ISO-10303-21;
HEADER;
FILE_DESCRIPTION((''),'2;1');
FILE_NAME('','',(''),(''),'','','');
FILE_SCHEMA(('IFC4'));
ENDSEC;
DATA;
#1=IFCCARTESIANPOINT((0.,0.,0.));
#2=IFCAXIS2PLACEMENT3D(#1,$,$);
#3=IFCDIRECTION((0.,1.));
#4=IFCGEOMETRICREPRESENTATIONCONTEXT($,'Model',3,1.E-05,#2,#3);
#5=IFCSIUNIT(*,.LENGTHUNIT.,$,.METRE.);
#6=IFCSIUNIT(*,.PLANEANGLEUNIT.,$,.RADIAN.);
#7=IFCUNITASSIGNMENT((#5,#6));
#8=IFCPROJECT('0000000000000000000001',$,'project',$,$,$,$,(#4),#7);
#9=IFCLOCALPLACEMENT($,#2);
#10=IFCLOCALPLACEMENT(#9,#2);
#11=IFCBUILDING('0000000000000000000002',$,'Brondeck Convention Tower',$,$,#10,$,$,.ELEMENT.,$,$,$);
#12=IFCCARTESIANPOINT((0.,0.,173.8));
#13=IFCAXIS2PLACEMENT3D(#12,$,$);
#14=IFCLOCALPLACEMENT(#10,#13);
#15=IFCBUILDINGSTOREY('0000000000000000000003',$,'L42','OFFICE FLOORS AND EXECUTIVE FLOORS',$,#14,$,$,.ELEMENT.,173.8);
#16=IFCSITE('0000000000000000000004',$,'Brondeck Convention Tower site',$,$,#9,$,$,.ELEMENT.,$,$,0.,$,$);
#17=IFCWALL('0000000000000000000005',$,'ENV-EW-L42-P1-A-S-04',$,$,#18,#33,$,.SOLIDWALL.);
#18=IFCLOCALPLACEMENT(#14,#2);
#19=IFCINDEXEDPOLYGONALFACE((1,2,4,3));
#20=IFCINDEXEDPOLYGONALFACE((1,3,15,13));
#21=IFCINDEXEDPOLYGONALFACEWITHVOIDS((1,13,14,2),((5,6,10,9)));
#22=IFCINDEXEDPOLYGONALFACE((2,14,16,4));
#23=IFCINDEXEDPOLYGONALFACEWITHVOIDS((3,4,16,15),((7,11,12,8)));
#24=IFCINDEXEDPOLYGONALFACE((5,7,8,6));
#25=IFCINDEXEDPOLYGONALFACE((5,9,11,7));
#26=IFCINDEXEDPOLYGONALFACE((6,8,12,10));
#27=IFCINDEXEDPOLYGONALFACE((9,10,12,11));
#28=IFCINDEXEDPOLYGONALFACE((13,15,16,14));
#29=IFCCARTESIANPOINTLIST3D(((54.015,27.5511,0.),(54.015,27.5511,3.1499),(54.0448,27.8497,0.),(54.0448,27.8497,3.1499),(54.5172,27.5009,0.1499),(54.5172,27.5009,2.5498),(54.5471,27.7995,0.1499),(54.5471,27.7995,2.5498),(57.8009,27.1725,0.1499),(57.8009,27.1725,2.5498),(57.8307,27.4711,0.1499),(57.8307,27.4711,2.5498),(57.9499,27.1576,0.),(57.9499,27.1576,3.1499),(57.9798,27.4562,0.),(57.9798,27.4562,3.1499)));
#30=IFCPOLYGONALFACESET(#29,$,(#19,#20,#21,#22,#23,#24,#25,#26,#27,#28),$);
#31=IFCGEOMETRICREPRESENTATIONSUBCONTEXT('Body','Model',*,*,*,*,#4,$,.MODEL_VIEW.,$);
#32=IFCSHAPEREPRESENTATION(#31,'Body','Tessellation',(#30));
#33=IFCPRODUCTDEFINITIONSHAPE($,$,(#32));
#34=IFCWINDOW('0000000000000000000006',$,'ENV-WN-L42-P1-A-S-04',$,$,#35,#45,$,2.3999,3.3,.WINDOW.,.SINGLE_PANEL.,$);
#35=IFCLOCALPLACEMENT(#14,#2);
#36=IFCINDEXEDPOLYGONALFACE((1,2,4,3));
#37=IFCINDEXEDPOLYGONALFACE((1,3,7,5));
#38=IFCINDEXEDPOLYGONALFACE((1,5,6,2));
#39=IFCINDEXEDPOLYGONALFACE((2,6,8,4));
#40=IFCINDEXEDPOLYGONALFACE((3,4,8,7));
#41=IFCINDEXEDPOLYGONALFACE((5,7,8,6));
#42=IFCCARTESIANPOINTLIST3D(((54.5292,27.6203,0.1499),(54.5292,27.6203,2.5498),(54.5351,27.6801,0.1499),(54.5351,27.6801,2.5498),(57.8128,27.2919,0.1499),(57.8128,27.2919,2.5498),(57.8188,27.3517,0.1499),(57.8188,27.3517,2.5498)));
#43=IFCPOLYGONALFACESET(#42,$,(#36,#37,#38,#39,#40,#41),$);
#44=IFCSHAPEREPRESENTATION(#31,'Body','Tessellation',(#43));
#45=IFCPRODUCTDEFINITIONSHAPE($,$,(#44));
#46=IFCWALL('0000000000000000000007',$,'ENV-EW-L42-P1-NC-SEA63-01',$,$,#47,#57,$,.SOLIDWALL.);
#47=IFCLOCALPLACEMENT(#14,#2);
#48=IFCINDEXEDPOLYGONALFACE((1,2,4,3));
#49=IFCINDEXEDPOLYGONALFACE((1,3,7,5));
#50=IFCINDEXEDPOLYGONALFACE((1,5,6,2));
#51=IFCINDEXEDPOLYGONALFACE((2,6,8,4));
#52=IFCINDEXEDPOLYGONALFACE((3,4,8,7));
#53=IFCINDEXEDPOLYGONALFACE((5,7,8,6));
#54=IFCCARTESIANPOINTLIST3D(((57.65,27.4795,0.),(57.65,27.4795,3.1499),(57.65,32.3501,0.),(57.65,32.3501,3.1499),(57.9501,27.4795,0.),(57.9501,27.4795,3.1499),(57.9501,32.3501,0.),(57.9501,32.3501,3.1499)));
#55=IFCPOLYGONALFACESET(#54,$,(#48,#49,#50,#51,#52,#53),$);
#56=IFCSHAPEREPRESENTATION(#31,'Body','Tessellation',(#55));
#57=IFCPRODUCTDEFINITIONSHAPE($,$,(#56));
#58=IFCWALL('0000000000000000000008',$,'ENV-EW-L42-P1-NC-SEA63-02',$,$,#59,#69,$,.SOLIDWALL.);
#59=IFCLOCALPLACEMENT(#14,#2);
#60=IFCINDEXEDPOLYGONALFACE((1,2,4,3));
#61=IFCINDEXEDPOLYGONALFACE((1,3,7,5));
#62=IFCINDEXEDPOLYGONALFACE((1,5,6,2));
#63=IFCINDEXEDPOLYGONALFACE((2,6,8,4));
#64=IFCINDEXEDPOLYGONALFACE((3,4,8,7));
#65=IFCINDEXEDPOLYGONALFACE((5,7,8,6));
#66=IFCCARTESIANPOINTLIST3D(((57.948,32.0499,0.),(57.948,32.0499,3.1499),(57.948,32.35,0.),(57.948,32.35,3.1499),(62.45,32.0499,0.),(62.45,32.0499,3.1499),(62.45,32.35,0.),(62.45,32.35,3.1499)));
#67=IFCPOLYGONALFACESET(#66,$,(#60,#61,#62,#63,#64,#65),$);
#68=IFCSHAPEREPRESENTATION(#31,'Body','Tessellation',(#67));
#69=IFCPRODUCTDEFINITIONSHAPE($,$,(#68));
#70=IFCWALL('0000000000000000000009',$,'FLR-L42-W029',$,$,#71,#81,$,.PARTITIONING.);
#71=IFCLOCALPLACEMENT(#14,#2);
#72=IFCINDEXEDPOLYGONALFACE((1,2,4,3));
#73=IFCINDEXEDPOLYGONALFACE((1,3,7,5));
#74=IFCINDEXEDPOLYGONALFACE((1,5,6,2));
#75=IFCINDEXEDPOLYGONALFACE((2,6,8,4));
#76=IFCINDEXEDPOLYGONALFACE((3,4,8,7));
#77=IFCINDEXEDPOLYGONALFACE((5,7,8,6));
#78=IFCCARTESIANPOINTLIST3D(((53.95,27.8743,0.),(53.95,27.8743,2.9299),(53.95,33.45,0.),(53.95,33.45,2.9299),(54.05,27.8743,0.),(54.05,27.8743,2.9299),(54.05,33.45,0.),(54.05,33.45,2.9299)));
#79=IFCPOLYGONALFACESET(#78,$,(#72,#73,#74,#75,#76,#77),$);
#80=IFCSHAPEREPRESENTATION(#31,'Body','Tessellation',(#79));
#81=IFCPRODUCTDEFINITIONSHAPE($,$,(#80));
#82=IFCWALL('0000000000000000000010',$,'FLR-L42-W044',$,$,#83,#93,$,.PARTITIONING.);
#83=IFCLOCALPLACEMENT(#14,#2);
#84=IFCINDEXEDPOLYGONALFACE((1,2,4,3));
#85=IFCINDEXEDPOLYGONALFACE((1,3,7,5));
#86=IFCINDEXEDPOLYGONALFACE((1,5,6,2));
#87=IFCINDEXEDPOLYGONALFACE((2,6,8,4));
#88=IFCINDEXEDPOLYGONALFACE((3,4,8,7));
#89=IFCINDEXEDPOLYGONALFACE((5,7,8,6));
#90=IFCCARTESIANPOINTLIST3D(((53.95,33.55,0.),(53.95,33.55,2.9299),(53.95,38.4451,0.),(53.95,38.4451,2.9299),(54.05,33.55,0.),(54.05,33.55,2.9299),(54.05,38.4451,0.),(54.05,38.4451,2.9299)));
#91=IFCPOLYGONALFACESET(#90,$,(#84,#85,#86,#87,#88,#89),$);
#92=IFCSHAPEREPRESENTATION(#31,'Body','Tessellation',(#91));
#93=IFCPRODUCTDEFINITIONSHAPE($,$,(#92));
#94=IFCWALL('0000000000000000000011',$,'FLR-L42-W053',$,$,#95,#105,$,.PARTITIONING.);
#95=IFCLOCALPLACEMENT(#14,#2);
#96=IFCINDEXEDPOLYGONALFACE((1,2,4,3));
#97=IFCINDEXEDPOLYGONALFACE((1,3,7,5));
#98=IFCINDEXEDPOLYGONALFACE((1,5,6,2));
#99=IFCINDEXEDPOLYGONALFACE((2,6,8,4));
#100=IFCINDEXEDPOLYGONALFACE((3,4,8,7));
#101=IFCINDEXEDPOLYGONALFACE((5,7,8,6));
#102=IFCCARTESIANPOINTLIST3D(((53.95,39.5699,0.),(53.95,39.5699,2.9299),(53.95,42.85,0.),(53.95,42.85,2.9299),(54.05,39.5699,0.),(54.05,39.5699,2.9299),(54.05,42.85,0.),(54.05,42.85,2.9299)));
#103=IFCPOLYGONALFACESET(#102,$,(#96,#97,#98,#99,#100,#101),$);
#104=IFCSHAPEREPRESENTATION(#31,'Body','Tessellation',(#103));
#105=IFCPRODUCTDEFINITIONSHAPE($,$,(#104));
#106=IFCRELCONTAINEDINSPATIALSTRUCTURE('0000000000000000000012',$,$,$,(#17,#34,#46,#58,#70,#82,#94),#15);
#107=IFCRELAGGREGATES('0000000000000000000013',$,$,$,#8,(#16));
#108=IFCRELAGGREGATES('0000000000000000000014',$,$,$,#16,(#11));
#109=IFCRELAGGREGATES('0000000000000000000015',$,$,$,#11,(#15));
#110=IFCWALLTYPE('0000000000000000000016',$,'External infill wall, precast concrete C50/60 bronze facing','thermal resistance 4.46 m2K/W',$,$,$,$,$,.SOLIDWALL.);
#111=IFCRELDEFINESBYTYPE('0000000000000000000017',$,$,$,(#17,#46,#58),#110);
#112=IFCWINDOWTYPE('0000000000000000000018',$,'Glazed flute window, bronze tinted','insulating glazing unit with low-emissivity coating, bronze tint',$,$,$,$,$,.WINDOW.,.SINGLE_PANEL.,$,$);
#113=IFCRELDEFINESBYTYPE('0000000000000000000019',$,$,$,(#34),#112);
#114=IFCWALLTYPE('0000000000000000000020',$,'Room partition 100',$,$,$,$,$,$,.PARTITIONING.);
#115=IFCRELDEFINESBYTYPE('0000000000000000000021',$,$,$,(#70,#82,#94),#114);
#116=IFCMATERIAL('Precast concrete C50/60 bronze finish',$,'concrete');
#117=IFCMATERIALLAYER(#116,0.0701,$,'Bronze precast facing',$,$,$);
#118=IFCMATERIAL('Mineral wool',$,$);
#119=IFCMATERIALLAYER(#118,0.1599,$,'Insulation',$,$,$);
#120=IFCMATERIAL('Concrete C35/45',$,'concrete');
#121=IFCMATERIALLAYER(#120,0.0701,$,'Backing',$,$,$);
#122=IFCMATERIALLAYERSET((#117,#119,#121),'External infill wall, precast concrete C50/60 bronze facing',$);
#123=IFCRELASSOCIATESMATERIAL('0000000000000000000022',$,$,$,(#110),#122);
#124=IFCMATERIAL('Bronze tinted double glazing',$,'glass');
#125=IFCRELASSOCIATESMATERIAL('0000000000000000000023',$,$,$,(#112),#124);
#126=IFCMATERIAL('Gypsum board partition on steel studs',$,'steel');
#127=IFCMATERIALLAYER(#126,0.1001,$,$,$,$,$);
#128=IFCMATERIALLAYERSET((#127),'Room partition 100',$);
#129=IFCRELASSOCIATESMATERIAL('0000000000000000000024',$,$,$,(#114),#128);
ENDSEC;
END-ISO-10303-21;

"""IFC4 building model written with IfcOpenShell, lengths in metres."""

from ifc_helpers import new_model, si_unit, direction, frame, frame_2d, origin, place, context, subcontext, project, spatial, rectangle, extrude, material, layer, layer_set, type_object, element, fill, save


model = new_model("IFC4")

# Units and contexts
model_context = context("Model", 3, precision=1e-05, world=origin(), true_north=direction((0.0, 1.0)))
body_context = subcontext(model_context, "Body", "Model", "MODEL_VIEW")
ifc_project = project(units=[si_unit("LENGTHUNIT", "METRE"), si_unit("PLANEANGLEUNIT", "RADIAN")], contexts=[model_context])

# Site, building, storey
site_placement = place(None, origin())
site = spatial("IfcSite", under=ifc_project, at=site_placement, Name="Brondeck Convention Tower site", CompositionType="ELEMENT", RefElevation=0.0)
building_placement = place(site_placement, origin())
building = spatial("IfcBuilding", under=site, at=building_placement, Name="Brondeck Convention Tower", CompositionType="ELEMENT")
storey_placement = place(building_placement, frame((0.0, 0.0, 173.8)))
storey = spatial("IfcBuildingStorey", under=building, at=storey_placement, Name="L42", Description="OFFICE FLOORS AND EXECUTIVE FLOORS", CompositionType="ELEMENT", Elevation=173.8)

# Shared definitions
ifc_material_1 = material(Name="Precast concrete C50/60 bronze finish", Category="concrete")
ifc_layer_1 = layer(ifc_material_1, 0.0701, Name="Bronze precast facing")
ifc_material_2 = material(Name="Mineral wool")
ifc_layer_2 = layer(ifc_material_2, 0.1599, Name="Insulation")
ifc_material_3 = material(Name="Concrete C35/45", Category="concrete")
ifc_layer_3 = layer(ifc_material_3, 0.0701, Name="Backing")
ifc_layer_set_1 = layer_set([ifc_layer_1, ifc_layer_2, ifc_layer_3], Name="External infill wall, precast concrete C50/60 bronze facing")
wall_type_1 = type_object("IfcWallType", Name="External infill wall, precast concrete C50/60 bronze facing", Description="thermal resistance 4.46 m2K/W", PredefinedType="SOLIDWALL", material=ifc_layer_set_1)
ifc_material_4 = material(Name="Bronze tinted double glazing", Category="glass")
window_type_1 = type_object("IfcWindowType", Name="Glazed flute window, bronze tinted", Description="insulating glazing unit with low-emissivity coating, bronze tint", PartitioningType="SINGLE_PANEL", PredefinedType="WINDOW", material=ifc_material_4)

# Wall, opening, window
wall_1_placement = place(storey_placement, frame((57.9648, 27.3069, 0.0), z_axis=(0.0, 0.0, 1.0), x_axis=(-0.995036, 0.099516, 0.0)))
wall_1 = element("IfcWall", 1, at=wall_1_placement, inside=storey, type_object=wall_type_1, Name="ENV-EW-L42-P1-A-S-04", PredefinedType="SOLIDWALL", context=body_context, shape_type="SweptSolid", body=[
    extrude(rectangle(XDim=3.9546, YDim=0.3, at=frame_2d((1.9773, 0.0))), origin(), (0.0, 0.0, 1.0), 3.1499),
])
opening_1_placement = place(wall_1_placement, frame((0.1499, 0.0, 0.1499)))
opening_1 = element("IfcOpeningElement", 2, at=opening_1_placement, cuts=wall_1, PredefinedType="OPENING", context=body_context, shape_type="SweptSolid", body=[
    extrude(rectangle(XDim=3.3, YDim=2.3999, at=frame_2d((1.6499, 1.2))), frame((0.0, 0.1599, 0.0), z_axis=(0.0, -1.0, 0.0), x_axis=(1.0, 0.0, 0.0)), (0.0, 0.0, 1.0), 0.3201),
])
window_1_placement = place(opening_1_placement, origin())
window_1 = element("IfcWindow", 3, at=window_1_placement, inside=storey, type_object=window_type_1, Name="ENV-WN-L42-P1-A-S-04", OverallHeight=2.3999, OverallWidth=3.3, PartitioningType="SINGLE_PANEL", PredefinedType="WINDOW", context=body_context, shape_type="SweptSolid", body=[
    extrude(rectangle(XDim=3.3, YDim=2.3999, at=frame_2d((1.6499, 1.2))), frame((0.0, 0.03, 0.0), z_axis=(0.0, -1.0, 0.0), x_axis=(1.0, 0.0, 0.0)), (0.0, 0.0, 1.0), 0.0601),
])
fill(opening_1, window_1)

# Walls
wall_2_placement = place(storey_placement, frame((57.8, 32.3501, 0.0), z_axis=(0.0, 0.0, 1.0), x_axis=(0.0, -1.0, 0.0)))
element("IfcWall", 4, at=wall_2_placement, inside=storey, type_object=wall_type_1, Name="ENV-EW-L42-P1-NC-SEA63-01", PredefinedType="SOLIDWALL", context=body_context, shape_type="SweptSolid", body=[
    extrude(rectangle(XDim=4.8706, YDim=0.3, at=frame_2d((2.4353, 0.0))), origin(), (0.0, 0.0, 1.0), 3.1499),
])
wall_3_placement = place(storey_placement, frame((62.45, 32.2, 0.0), z_axis=(0.0, 0.0, 1.0), x_axis=(-1.0, 0.0, 0.0)))
element("IfcWall", 5, at=wall_3_placement, inside=storey, type_object=wall_type_1, Name="ENV-EW-L42-P1-NC-SEA63-02", PredefinedType="SOLIDWALL", context=body_context, shape_type="SweptSolid", body=[
    extrude(rectangle(XDim=4.502, YDim=0.3, at=frame_2d((2.251, 0.0))), origin(), (0.0, 0.0, 1.0), 3.1499),
])
ifc_material_5 = material(Name="Gypsum board partition on steel studs", Category="steel")
ifc_layer_4 = layer(ifc_material_5, 0.1001)
ifc_layer_set_2 = layer_set([ifc_layer_4], Name="Room partition 100")
wall_type_2 = type_object("IfcWallType", Name="Room partition 100", PredefinedType="PARTITIONING", material=ifc_layer_set_2)
wall_4_placement = place(storey_placement, frame((54.0, 27.8743, 0.0), z_axis=(0.0, 0.0, 1.0), x_axis=(0.0, 1.0, 0.0)))
element("IfcWall", 6, at=wall_4_placement, inside=storey, type_object=wall_type_2, Name="FLR-L42-W029", PredefinedType="PARTITIONING", context=body_context, shape_type="SweptSolid", body=[
    extrude(rectangle(XDim=5.5757, YDim=0.1001, at=frame_2d((2.7878, 0.0))), origin(), (0.0, 0.0, 1.0), 2.9299),
])
wall_5_placement = place(storey_placement, frame((54.0, 33.55, 0.0), z_axis=(0.0, 0.0, 1.0), x_axis=(0.0, 1.0, 0.0)))
element("IfcWall", 7, at=wall_5_placement, inside=storey, type_object=wall_type_2, Name="FLR-L42-W044", PredefinedType="PARTITIONING", context=body_context, shape_type="SweptSolid", body=[
    extrude(rectangle(XDim=4.895, YDim=0.1001, at=frame_2d((2.4475, 0.0))), origin(), (0.0, 0.0, 1.0), 2.9299),
])
wall_6_placement = place(storey_placement, frame((54.0, 42.8501, 0.0), z_axis=(0.0, 0.0, 1.0), x_axis=(0.0, -1.0, 0.0)))
element("IfcWall", 8, at=wall_6_placement, inside=storey, type_object=wall_type_2, Name="FLR-L42-W053", PredefinedType="PARTITIONING", context=body_context, shape_type="SweptSolid", body=[
    extrude(rectangle(XDim=3.28, YDim=0.1001, at=frame_2d((1.6401, 0.0))), origin(), (0.0, 0.0, 1.0), 2.9299),
])

save(model, "model.ifc")
